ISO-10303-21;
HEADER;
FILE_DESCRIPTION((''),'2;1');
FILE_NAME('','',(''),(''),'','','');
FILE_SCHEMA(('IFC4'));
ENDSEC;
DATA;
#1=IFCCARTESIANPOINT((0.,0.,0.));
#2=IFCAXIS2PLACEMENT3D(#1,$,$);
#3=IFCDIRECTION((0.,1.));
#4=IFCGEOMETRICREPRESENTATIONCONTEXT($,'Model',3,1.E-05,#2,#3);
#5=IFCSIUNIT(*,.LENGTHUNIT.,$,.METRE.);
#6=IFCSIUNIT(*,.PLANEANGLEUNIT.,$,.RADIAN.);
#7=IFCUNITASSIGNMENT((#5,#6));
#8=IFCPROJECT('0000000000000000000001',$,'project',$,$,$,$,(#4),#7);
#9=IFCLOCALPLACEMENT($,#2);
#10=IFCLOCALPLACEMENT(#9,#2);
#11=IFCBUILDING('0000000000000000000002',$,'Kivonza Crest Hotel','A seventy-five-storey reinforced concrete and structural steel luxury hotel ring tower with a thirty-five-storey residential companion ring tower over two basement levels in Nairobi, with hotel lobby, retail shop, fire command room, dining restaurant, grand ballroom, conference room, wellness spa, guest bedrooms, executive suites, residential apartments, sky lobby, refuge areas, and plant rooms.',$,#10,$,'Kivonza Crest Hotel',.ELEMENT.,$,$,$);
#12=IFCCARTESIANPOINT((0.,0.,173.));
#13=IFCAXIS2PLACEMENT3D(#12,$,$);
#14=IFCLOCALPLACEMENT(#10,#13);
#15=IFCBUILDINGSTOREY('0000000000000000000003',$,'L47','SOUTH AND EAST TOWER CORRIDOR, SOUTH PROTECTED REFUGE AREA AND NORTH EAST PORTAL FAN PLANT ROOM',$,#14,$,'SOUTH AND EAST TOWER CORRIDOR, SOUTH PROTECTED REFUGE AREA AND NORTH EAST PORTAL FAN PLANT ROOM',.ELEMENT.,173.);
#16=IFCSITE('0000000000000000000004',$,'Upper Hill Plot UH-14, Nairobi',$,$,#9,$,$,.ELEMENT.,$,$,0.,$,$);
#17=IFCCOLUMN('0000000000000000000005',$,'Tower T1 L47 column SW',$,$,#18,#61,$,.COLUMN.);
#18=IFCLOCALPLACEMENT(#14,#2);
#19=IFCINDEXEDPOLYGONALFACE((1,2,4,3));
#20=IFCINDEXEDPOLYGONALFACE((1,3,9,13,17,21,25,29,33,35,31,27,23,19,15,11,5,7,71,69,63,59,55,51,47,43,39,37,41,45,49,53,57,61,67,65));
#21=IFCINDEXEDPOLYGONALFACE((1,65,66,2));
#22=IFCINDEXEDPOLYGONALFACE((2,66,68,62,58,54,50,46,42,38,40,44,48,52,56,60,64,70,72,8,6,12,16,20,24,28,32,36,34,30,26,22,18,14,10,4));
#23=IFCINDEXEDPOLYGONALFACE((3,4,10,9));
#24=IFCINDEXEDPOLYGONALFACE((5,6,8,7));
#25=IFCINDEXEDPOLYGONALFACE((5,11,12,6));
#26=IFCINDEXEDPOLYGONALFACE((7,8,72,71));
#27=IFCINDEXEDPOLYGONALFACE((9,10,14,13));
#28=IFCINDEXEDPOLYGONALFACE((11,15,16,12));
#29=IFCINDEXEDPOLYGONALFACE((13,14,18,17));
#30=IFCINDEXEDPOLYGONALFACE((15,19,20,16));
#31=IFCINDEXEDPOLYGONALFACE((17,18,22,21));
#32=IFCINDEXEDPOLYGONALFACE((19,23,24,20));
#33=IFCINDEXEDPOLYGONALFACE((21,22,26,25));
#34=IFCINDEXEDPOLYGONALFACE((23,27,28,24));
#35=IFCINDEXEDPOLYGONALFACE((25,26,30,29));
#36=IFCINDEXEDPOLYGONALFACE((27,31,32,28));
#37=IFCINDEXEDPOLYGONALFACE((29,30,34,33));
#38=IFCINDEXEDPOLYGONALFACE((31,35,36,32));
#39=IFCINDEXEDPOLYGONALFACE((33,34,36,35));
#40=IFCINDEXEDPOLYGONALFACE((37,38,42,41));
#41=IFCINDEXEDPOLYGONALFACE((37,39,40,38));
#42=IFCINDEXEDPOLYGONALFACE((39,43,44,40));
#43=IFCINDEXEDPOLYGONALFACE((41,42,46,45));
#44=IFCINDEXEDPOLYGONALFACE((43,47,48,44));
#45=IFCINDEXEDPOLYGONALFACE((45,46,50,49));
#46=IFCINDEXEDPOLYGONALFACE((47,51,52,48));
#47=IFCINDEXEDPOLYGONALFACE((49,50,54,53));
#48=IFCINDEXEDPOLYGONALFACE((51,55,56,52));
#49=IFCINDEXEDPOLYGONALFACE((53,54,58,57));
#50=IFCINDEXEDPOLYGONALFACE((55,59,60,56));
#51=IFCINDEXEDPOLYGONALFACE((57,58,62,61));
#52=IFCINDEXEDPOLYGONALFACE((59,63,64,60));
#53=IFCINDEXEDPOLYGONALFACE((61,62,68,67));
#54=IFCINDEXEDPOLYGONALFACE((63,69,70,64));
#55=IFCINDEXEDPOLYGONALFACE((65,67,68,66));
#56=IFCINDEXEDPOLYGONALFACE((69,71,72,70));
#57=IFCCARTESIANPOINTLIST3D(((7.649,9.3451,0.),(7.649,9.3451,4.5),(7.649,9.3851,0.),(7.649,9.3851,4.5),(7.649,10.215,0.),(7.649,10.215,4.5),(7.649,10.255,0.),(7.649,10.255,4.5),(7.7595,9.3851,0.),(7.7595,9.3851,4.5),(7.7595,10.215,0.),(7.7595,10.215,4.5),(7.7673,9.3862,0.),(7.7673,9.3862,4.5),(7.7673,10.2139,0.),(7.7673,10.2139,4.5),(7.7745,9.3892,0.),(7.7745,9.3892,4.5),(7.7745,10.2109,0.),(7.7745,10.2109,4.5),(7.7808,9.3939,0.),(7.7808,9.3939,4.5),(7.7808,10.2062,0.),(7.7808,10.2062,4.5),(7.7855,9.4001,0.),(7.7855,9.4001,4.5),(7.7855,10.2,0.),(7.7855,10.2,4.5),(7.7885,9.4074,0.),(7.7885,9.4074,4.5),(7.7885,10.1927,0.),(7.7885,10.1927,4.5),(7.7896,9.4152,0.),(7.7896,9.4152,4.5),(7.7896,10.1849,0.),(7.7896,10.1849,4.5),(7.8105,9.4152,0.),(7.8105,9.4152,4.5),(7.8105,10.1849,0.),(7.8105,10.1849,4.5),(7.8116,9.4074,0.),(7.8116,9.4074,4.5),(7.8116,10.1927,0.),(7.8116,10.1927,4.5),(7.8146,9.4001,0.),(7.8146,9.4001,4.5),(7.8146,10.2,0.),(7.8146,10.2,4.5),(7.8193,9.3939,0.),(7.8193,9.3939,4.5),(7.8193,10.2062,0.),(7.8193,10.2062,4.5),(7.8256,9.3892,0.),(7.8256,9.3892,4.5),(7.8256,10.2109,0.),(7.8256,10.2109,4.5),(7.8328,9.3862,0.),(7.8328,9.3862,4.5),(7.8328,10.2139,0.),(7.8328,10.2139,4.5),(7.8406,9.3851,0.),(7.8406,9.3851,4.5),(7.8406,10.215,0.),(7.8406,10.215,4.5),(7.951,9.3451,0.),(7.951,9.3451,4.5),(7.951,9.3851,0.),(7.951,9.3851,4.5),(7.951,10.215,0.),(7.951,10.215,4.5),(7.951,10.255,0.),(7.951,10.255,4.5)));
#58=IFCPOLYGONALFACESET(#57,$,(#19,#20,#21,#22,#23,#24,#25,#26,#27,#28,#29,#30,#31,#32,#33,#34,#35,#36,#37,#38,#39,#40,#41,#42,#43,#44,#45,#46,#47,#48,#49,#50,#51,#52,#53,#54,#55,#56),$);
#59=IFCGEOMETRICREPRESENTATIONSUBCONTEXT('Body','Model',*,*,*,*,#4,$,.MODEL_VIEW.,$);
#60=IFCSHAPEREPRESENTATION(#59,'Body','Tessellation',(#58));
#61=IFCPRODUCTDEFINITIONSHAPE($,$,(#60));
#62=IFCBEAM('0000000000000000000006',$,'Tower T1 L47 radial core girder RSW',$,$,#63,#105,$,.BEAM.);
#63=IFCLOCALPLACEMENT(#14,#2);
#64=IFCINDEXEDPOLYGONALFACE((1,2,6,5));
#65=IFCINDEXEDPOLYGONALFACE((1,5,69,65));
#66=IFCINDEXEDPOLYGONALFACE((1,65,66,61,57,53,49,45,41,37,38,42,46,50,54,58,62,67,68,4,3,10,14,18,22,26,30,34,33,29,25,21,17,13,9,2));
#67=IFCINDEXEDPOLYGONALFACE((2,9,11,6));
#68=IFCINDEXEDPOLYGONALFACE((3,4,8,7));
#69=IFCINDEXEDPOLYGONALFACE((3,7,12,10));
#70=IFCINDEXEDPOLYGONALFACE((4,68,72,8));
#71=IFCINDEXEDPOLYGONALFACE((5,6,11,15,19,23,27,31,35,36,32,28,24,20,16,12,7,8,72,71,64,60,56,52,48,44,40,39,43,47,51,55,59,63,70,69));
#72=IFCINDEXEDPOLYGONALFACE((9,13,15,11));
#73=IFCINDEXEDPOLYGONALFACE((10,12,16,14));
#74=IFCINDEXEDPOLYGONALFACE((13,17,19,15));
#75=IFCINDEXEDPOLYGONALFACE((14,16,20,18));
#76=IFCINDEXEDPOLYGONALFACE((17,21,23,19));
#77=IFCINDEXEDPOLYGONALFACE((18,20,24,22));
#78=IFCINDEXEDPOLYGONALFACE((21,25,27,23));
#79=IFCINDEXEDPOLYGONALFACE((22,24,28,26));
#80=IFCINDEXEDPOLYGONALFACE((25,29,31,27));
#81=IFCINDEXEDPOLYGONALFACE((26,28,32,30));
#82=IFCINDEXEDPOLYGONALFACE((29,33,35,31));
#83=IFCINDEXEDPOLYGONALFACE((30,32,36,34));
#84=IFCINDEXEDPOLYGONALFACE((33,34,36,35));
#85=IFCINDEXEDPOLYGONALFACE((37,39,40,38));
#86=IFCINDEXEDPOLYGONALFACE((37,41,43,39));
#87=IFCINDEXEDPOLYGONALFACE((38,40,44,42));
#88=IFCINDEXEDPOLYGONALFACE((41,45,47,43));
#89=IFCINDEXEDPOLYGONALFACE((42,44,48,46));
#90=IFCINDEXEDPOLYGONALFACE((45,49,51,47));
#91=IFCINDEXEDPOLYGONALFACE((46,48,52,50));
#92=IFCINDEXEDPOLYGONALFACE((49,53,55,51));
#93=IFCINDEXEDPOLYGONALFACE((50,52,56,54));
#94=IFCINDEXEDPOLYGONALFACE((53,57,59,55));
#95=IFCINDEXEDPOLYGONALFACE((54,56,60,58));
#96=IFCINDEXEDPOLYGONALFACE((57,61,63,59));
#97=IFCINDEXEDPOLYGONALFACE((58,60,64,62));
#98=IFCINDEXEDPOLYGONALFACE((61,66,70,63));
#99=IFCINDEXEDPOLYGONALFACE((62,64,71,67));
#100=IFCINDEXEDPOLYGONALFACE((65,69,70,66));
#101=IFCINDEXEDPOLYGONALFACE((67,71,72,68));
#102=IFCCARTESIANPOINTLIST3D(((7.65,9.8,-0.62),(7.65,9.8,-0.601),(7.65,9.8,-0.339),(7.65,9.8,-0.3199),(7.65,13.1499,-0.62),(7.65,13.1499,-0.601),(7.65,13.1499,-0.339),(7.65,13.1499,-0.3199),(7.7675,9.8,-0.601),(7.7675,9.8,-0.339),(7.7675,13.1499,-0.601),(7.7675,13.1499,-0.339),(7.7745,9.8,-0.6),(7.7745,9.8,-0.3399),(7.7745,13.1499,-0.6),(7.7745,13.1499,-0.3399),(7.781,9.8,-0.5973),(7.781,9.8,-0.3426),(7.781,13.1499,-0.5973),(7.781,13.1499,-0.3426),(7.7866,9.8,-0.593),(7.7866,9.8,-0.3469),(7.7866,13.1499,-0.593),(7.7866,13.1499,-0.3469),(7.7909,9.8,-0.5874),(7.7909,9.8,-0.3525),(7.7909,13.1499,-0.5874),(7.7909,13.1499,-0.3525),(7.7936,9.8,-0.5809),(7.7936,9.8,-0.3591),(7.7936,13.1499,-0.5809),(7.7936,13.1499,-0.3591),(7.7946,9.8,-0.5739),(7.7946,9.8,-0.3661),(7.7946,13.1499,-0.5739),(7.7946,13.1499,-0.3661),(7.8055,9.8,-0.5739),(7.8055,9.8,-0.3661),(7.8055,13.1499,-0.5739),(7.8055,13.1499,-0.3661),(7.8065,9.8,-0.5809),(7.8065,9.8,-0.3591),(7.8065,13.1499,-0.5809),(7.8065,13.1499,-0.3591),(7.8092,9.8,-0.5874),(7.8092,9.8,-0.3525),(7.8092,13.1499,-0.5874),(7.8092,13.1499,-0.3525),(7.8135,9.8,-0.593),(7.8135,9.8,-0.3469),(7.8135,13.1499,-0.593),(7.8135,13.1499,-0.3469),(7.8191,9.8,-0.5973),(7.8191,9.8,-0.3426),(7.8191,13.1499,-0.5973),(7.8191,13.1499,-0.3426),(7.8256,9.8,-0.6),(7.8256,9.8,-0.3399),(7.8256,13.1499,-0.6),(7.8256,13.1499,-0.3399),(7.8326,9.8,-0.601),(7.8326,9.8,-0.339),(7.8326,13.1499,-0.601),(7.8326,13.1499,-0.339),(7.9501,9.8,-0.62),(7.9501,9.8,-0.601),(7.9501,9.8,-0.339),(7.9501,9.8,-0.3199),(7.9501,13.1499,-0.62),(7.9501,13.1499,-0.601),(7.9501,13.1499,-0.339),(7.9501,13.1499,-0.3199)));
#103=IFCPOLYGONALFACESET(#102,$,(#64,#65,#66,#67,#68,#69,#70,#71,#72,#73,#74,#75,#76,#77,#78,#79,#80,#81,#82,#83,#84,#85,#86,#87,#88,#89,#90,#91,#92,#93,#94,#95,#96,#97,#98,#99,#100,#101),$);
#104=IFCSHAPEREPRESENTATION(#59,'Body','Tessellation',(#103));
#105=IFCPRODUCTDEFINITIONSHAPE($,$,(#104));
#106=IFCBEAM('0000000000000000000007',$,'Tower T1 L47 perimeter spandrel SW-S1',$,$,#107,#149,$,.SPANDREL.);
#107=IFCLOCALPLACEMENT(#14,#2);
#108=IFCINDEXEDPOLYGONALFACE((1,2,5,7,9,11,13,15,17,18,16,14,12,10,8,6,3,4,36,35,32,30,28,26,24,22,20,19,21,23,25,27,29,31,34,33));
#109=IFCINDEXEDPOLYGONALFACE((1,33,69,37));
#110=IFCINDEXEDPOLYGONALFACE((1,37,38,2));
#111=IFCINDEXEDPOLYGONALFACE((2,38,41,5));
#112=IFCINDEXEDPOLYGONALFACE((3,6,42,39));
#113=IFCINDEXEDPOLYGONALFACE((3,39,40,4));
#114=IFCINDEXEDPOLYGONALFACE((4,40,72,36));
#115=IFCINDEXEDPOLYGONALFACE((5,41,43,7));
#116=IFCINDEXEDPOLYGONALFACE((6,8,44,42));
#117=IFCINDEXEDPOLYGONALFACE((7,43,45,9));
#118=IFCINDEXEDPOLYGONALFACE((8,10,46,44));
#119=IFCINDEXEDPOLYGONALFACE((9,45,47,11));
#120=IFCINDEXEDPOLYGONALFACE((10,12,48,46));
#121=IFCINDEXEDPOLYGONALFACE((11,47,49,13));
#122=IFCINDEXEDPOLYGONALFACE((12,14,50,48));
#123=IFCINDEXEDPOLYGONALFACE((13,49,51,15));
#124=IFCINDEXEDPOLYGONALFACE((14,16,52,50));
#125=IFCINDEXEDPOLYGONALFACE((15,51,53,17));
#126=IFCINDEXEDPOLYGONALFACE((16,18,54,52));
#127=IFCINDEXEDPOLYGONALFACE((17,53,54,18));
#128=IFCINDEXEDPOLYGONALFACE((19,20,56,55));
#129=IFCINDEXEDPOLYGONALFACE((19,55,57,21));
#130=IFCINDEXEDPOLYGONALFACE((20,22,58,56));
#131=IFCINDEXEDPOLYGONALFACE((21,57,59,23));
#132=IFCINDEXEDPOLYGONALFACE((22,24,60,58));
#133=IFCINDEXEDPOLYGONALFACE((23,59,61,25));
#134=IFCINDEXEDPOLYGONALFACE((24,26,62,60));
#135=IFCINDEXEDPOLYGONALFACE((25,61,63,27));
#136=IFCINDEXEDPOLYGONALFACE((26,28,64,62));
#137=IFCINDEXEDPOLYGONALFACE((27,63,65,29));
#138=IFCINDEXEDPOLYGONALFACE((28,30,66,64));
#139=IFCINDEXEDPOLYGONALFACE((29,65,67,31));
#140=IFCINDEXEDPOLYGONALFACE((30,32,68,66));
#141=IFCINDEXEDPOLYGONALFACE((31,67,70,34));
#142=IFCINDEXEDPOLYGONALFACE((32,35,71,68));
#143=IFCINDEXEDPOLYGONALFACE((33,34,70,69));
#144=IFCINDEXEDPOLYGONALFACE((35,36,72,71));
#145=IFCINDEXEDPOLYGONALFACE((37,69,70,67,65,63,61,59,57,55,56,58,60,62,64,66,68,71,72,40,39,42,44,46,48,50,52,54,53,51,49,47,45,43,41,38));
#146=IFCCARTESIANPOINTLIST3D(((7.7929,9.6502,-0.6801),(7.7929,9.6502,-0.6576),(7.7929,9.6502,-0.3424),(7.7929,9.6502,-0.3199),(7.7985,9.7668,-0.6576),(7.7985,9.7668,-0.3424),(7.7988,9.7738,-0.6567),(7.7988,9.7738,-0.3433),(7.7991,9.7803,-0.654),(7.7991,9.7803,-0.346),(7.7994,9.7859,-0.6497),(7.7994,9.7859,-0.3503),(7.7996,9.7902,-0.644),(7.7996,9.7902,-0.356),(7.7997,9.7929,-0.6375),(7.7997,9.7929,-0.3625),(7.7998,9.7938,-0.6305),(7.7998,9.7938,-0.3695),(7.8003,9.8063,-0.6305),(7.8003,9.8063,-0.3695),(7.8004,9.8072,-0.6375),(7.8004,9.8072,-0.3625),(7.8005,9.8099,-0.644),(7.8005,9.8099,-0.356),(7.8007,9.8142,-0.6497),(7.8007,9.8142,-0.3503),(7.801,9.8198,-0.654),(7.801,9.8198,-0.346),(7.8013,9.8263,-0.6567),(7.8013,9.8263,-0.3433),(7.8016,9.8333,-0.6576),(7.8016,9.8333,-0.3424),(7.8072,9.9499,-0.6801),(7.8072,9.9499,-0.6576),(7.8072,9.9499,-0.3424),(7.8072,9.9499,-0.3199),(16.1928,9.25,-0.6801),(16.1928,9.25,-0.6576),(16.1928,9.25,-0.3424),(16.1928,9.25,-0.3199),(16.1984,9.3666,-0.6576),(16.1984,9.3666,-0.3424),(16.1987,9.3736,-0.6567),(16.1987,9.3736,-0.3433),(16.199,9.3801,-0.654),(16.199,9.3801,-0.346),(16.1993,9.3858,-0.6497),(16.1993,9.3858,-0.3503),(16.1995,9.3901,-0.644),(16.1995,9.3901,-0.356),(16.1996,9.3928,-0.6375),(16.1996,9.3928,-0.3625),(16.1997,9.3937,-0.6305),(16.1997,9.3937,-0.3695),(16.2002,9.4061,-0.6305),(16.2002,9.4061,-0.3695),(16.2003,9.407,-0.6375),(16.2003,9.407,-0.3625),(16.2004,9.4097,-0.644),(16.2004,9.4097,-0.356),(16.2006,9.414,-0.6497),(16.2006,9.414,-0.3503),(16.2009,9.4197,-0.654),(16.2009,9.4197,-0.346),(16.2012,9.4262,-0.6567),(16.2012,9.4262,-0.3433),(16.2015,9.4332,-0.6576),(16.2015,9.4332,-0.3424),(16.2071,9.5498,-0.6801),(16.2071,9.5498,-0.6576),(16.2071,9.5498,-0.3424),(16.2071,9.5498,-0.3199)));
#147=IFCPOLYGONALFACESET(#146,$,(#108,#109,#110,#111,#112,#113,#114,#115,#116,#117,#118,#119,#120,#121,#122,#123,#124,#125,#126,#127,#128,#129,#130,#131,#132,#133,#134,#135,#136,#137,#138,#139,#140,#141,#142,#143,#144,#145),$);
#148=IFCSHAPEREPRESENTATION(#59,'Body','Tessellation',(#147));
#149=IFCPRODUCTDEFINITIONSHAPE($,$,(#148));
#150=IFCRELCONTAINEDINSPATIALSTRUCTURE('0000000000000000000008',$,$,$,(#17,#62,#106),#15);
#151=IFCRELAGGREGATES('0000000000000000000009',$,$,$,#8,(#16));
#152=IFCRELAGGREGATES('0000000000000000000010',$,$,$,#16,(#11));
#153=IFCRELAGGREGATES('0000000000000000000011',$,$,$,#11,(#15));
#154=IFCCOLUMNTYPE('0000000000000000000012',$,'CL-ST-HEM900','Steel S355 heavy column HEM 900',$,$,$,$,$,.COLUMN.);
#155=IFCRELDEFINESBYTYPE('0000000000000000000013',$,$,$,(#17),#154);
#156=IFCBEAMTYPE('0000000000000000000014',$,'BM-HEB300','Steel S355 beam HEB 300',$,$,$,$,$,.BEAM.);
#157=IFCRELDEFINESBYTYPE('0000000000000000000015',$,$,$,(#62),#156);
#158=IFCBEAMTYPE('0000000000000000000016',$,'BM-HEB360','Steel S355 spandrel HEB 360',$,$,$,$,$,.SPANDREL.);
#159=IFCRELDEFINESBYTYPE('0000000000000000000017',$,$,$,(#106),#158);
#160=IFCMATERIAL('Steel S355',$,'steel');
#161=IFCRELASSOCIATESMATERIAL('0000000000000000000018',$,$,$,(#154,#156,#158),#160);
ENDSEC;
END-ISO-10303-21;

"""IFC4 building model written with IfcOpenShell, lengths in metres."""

from ifc_helpers import new_model, si_unit, direction, frame, origin, origin_2d, place, context, subcontext, project, spatial, i_section, extrude, material, material_profile, profile_set, type_object, element, save


model = new_model("IFC4")

# Units and contexts
model_context = context("Model", 3, precision=1e-05, world=origin(), true_north=direction((0.0, 1.0)))
body_context = subcontext(model_context, "Body", "Model", "MODEL_VIEW")
ifc_project = project(units=[si_unit("LENGTHUNIT", "METRE"), si_unit("PLANEANGLEUNIT", "RADIAN")], contexts=[model_context])

# Site, building, storey
site_placement = place(None, origin())
site = spatial("IfcSite", under=ifc_project, at=site_placement, Name="Upper Hill Plot UH-14, Nairobi", CompositionType="ELEMENT", RefElevation=0.0)
building_placement = place(site_placement, origin())
building = spatial("IfcBuilding", under=site, at=building_placement, Name="Kivonza Crest Hotel", Description="A seventy-five-storey reinforced concrete and structural steel luxury hotel ring tower with a thirty-five-storey residential companion ring tower over two basement levels in Nairobi, with hotel lobby, retail shop, fire command room, dining restaurant, grand ballroom, conference room, wellness spa, guest bedrooms, executive suites, residential apartments, sky lobby, refuge areas, and plant rooms.", LongName="Kivonza Crest Hotel", CompositionType="ELEMENT")
storey_placement = place(building_placement, frame((0.0, 0.0, 173.0)))
storey = spatial("IfcBuildingStorey", under=building, at=storey_placement, Name="L47", Description="SOUTH AND EAST TOWER CORRIDOR, SOUTH PROTECTED REFUGE AREA AND NORTH EAST PORTAL FAN PLANT ROOM", LongName="SOUTH AND EAST TOWER CORRIDOR, SOUTH PROTECTED REFUGE AREA AND NORTH EAST PORTAL FAN PLANT ROOM", CompositionType="ELEMENT", Elevation=173.0)

# Column
ifc_material_1 = material(Name="Steel S355", Category="steel")
ifc_material_profile_1 = material_profile(ifc_material_1, i_section(OverallWidth=0.302, OverallDepth=0.9099, WebThickness=0.021, FlangeThickness=0.04, FilletRadius=0.03, at=origin_2d()), Name="HEM 900")
ifc_profile_set_1 = profile_set([ifc_material_profile_1], Name="Steel S355")
column_type = type_object("IfcColumnType", Name="CL-ST-HEM900", Description="Steel S355 heavy column HEM 900", PredefinedType="COLUMN", material=ifc_profile_set_1)
column_placement = place(storey_placement, frame((7.8, 9.8, 0.0), z_axis=(0.0, 0.0, 1.0), x_axis=(1.0, 0.0, 0.0)))
element("IfcColumn", 1, at=column_placement, inside=storey, type_object=column_type, Name="Tower T1 L47 column SW", PredefinedType="COLUMN", context=body_context, shape_type="SweptSolid", body=[
    extrude(i_section(OverallWidth=0.302, OverallDepth=0.9099, WebThickness=0.021, FlangeThickness=0.04, FilletRadius=0.03, at=origin_2d()), origin(), (0.0, 0.0, 1.0), 4.5),
])

# Beams
ifc_material_profile_2 = material_profile(ifc_material_1, i_section(OverallWidth=0.3, OverallDepth=0.3, WebThickness=0.011, FlangeThickness=0.019, FilletRadius=0.0271, at=origin_2d()), Name="HEB 300")
ifc_profile_set_2 = profile_set([ifc_material_profile_2], Name="Steel S355")
beam_type_1 = type_object("IfcBeamType", Name="BM-HEB300", Description="Steel S355 beam HEB 300", PredefinedType="BEAM", material=ifc_profile_set_2)
beam_1_placement = place(storey_placement, frame((7.8, 9.8, -0.47), z_axis=(0.0, 1.0, 0.0), x_axis=(-1.0, 0.0, 0.0)))
element("IfcBeam", 2, at=beam_1_placement, inside=storey, type_object=beam_type_1, Name="Tower T1 L47 radial core girder RSW", PredefinedType="BEAM", context=body_context, shape_type="SweptSolid", body=[
    extrude(i_section(OverallWidth=0.3, OverallDepth=0.3, WebThickness=0.011, FlangeThickness=0.019, FilletRadius=0.0271, at=origin_2d()), origin(), (0.0, 0.0, 1.0), 3.3499),
])
ifc_material_profile_3 = material_profile(ifc_material_1, i_section(OverallWidth=0.3, OverallDepth=0.3601, WebThickness=0.0125, FlangeThickness=0.0225, FilletRadius=0.0271, at=origin_2d()), Name="HEB 360")
ifc_profile_set_3 = profile_set([ifc_material_profile_3], Name="Steel S355")
beam_type_2 = type_object("IfcBeamType", Name="BM-HEB360", Description="Steel S355 spandrel HEB 360", PredefinedType="SPANDREL", material=ifc_profile_set_3)
beam_2_placement = place(storey_placement, frame((7.8, 9.8, -0.5), z_axis=(0.998867, -0.047583, 0.0), x_axis=(0.047583, 0.998867, 0.0)))
element("IfcBeam", 3, at=beam_2_placement, inside=storey, type_object=beam_type_2, Name="Tower T1 L47 perimeter spandrel SW-S1", PredefinedType="SPANDREL", context=body_context, shape_type="SweptSolid", body=[
    extrude(i_section(OverallWidth=0.3, OverallDepth=0.3601, WebThickness=0.0125, FlangeThickness=0.0225, FilletRadius=0.0271, at=origin_2d()), origin(), (0.0, 0.0, 1.0), 8.4094),
])

save(model, "model.ifc")
